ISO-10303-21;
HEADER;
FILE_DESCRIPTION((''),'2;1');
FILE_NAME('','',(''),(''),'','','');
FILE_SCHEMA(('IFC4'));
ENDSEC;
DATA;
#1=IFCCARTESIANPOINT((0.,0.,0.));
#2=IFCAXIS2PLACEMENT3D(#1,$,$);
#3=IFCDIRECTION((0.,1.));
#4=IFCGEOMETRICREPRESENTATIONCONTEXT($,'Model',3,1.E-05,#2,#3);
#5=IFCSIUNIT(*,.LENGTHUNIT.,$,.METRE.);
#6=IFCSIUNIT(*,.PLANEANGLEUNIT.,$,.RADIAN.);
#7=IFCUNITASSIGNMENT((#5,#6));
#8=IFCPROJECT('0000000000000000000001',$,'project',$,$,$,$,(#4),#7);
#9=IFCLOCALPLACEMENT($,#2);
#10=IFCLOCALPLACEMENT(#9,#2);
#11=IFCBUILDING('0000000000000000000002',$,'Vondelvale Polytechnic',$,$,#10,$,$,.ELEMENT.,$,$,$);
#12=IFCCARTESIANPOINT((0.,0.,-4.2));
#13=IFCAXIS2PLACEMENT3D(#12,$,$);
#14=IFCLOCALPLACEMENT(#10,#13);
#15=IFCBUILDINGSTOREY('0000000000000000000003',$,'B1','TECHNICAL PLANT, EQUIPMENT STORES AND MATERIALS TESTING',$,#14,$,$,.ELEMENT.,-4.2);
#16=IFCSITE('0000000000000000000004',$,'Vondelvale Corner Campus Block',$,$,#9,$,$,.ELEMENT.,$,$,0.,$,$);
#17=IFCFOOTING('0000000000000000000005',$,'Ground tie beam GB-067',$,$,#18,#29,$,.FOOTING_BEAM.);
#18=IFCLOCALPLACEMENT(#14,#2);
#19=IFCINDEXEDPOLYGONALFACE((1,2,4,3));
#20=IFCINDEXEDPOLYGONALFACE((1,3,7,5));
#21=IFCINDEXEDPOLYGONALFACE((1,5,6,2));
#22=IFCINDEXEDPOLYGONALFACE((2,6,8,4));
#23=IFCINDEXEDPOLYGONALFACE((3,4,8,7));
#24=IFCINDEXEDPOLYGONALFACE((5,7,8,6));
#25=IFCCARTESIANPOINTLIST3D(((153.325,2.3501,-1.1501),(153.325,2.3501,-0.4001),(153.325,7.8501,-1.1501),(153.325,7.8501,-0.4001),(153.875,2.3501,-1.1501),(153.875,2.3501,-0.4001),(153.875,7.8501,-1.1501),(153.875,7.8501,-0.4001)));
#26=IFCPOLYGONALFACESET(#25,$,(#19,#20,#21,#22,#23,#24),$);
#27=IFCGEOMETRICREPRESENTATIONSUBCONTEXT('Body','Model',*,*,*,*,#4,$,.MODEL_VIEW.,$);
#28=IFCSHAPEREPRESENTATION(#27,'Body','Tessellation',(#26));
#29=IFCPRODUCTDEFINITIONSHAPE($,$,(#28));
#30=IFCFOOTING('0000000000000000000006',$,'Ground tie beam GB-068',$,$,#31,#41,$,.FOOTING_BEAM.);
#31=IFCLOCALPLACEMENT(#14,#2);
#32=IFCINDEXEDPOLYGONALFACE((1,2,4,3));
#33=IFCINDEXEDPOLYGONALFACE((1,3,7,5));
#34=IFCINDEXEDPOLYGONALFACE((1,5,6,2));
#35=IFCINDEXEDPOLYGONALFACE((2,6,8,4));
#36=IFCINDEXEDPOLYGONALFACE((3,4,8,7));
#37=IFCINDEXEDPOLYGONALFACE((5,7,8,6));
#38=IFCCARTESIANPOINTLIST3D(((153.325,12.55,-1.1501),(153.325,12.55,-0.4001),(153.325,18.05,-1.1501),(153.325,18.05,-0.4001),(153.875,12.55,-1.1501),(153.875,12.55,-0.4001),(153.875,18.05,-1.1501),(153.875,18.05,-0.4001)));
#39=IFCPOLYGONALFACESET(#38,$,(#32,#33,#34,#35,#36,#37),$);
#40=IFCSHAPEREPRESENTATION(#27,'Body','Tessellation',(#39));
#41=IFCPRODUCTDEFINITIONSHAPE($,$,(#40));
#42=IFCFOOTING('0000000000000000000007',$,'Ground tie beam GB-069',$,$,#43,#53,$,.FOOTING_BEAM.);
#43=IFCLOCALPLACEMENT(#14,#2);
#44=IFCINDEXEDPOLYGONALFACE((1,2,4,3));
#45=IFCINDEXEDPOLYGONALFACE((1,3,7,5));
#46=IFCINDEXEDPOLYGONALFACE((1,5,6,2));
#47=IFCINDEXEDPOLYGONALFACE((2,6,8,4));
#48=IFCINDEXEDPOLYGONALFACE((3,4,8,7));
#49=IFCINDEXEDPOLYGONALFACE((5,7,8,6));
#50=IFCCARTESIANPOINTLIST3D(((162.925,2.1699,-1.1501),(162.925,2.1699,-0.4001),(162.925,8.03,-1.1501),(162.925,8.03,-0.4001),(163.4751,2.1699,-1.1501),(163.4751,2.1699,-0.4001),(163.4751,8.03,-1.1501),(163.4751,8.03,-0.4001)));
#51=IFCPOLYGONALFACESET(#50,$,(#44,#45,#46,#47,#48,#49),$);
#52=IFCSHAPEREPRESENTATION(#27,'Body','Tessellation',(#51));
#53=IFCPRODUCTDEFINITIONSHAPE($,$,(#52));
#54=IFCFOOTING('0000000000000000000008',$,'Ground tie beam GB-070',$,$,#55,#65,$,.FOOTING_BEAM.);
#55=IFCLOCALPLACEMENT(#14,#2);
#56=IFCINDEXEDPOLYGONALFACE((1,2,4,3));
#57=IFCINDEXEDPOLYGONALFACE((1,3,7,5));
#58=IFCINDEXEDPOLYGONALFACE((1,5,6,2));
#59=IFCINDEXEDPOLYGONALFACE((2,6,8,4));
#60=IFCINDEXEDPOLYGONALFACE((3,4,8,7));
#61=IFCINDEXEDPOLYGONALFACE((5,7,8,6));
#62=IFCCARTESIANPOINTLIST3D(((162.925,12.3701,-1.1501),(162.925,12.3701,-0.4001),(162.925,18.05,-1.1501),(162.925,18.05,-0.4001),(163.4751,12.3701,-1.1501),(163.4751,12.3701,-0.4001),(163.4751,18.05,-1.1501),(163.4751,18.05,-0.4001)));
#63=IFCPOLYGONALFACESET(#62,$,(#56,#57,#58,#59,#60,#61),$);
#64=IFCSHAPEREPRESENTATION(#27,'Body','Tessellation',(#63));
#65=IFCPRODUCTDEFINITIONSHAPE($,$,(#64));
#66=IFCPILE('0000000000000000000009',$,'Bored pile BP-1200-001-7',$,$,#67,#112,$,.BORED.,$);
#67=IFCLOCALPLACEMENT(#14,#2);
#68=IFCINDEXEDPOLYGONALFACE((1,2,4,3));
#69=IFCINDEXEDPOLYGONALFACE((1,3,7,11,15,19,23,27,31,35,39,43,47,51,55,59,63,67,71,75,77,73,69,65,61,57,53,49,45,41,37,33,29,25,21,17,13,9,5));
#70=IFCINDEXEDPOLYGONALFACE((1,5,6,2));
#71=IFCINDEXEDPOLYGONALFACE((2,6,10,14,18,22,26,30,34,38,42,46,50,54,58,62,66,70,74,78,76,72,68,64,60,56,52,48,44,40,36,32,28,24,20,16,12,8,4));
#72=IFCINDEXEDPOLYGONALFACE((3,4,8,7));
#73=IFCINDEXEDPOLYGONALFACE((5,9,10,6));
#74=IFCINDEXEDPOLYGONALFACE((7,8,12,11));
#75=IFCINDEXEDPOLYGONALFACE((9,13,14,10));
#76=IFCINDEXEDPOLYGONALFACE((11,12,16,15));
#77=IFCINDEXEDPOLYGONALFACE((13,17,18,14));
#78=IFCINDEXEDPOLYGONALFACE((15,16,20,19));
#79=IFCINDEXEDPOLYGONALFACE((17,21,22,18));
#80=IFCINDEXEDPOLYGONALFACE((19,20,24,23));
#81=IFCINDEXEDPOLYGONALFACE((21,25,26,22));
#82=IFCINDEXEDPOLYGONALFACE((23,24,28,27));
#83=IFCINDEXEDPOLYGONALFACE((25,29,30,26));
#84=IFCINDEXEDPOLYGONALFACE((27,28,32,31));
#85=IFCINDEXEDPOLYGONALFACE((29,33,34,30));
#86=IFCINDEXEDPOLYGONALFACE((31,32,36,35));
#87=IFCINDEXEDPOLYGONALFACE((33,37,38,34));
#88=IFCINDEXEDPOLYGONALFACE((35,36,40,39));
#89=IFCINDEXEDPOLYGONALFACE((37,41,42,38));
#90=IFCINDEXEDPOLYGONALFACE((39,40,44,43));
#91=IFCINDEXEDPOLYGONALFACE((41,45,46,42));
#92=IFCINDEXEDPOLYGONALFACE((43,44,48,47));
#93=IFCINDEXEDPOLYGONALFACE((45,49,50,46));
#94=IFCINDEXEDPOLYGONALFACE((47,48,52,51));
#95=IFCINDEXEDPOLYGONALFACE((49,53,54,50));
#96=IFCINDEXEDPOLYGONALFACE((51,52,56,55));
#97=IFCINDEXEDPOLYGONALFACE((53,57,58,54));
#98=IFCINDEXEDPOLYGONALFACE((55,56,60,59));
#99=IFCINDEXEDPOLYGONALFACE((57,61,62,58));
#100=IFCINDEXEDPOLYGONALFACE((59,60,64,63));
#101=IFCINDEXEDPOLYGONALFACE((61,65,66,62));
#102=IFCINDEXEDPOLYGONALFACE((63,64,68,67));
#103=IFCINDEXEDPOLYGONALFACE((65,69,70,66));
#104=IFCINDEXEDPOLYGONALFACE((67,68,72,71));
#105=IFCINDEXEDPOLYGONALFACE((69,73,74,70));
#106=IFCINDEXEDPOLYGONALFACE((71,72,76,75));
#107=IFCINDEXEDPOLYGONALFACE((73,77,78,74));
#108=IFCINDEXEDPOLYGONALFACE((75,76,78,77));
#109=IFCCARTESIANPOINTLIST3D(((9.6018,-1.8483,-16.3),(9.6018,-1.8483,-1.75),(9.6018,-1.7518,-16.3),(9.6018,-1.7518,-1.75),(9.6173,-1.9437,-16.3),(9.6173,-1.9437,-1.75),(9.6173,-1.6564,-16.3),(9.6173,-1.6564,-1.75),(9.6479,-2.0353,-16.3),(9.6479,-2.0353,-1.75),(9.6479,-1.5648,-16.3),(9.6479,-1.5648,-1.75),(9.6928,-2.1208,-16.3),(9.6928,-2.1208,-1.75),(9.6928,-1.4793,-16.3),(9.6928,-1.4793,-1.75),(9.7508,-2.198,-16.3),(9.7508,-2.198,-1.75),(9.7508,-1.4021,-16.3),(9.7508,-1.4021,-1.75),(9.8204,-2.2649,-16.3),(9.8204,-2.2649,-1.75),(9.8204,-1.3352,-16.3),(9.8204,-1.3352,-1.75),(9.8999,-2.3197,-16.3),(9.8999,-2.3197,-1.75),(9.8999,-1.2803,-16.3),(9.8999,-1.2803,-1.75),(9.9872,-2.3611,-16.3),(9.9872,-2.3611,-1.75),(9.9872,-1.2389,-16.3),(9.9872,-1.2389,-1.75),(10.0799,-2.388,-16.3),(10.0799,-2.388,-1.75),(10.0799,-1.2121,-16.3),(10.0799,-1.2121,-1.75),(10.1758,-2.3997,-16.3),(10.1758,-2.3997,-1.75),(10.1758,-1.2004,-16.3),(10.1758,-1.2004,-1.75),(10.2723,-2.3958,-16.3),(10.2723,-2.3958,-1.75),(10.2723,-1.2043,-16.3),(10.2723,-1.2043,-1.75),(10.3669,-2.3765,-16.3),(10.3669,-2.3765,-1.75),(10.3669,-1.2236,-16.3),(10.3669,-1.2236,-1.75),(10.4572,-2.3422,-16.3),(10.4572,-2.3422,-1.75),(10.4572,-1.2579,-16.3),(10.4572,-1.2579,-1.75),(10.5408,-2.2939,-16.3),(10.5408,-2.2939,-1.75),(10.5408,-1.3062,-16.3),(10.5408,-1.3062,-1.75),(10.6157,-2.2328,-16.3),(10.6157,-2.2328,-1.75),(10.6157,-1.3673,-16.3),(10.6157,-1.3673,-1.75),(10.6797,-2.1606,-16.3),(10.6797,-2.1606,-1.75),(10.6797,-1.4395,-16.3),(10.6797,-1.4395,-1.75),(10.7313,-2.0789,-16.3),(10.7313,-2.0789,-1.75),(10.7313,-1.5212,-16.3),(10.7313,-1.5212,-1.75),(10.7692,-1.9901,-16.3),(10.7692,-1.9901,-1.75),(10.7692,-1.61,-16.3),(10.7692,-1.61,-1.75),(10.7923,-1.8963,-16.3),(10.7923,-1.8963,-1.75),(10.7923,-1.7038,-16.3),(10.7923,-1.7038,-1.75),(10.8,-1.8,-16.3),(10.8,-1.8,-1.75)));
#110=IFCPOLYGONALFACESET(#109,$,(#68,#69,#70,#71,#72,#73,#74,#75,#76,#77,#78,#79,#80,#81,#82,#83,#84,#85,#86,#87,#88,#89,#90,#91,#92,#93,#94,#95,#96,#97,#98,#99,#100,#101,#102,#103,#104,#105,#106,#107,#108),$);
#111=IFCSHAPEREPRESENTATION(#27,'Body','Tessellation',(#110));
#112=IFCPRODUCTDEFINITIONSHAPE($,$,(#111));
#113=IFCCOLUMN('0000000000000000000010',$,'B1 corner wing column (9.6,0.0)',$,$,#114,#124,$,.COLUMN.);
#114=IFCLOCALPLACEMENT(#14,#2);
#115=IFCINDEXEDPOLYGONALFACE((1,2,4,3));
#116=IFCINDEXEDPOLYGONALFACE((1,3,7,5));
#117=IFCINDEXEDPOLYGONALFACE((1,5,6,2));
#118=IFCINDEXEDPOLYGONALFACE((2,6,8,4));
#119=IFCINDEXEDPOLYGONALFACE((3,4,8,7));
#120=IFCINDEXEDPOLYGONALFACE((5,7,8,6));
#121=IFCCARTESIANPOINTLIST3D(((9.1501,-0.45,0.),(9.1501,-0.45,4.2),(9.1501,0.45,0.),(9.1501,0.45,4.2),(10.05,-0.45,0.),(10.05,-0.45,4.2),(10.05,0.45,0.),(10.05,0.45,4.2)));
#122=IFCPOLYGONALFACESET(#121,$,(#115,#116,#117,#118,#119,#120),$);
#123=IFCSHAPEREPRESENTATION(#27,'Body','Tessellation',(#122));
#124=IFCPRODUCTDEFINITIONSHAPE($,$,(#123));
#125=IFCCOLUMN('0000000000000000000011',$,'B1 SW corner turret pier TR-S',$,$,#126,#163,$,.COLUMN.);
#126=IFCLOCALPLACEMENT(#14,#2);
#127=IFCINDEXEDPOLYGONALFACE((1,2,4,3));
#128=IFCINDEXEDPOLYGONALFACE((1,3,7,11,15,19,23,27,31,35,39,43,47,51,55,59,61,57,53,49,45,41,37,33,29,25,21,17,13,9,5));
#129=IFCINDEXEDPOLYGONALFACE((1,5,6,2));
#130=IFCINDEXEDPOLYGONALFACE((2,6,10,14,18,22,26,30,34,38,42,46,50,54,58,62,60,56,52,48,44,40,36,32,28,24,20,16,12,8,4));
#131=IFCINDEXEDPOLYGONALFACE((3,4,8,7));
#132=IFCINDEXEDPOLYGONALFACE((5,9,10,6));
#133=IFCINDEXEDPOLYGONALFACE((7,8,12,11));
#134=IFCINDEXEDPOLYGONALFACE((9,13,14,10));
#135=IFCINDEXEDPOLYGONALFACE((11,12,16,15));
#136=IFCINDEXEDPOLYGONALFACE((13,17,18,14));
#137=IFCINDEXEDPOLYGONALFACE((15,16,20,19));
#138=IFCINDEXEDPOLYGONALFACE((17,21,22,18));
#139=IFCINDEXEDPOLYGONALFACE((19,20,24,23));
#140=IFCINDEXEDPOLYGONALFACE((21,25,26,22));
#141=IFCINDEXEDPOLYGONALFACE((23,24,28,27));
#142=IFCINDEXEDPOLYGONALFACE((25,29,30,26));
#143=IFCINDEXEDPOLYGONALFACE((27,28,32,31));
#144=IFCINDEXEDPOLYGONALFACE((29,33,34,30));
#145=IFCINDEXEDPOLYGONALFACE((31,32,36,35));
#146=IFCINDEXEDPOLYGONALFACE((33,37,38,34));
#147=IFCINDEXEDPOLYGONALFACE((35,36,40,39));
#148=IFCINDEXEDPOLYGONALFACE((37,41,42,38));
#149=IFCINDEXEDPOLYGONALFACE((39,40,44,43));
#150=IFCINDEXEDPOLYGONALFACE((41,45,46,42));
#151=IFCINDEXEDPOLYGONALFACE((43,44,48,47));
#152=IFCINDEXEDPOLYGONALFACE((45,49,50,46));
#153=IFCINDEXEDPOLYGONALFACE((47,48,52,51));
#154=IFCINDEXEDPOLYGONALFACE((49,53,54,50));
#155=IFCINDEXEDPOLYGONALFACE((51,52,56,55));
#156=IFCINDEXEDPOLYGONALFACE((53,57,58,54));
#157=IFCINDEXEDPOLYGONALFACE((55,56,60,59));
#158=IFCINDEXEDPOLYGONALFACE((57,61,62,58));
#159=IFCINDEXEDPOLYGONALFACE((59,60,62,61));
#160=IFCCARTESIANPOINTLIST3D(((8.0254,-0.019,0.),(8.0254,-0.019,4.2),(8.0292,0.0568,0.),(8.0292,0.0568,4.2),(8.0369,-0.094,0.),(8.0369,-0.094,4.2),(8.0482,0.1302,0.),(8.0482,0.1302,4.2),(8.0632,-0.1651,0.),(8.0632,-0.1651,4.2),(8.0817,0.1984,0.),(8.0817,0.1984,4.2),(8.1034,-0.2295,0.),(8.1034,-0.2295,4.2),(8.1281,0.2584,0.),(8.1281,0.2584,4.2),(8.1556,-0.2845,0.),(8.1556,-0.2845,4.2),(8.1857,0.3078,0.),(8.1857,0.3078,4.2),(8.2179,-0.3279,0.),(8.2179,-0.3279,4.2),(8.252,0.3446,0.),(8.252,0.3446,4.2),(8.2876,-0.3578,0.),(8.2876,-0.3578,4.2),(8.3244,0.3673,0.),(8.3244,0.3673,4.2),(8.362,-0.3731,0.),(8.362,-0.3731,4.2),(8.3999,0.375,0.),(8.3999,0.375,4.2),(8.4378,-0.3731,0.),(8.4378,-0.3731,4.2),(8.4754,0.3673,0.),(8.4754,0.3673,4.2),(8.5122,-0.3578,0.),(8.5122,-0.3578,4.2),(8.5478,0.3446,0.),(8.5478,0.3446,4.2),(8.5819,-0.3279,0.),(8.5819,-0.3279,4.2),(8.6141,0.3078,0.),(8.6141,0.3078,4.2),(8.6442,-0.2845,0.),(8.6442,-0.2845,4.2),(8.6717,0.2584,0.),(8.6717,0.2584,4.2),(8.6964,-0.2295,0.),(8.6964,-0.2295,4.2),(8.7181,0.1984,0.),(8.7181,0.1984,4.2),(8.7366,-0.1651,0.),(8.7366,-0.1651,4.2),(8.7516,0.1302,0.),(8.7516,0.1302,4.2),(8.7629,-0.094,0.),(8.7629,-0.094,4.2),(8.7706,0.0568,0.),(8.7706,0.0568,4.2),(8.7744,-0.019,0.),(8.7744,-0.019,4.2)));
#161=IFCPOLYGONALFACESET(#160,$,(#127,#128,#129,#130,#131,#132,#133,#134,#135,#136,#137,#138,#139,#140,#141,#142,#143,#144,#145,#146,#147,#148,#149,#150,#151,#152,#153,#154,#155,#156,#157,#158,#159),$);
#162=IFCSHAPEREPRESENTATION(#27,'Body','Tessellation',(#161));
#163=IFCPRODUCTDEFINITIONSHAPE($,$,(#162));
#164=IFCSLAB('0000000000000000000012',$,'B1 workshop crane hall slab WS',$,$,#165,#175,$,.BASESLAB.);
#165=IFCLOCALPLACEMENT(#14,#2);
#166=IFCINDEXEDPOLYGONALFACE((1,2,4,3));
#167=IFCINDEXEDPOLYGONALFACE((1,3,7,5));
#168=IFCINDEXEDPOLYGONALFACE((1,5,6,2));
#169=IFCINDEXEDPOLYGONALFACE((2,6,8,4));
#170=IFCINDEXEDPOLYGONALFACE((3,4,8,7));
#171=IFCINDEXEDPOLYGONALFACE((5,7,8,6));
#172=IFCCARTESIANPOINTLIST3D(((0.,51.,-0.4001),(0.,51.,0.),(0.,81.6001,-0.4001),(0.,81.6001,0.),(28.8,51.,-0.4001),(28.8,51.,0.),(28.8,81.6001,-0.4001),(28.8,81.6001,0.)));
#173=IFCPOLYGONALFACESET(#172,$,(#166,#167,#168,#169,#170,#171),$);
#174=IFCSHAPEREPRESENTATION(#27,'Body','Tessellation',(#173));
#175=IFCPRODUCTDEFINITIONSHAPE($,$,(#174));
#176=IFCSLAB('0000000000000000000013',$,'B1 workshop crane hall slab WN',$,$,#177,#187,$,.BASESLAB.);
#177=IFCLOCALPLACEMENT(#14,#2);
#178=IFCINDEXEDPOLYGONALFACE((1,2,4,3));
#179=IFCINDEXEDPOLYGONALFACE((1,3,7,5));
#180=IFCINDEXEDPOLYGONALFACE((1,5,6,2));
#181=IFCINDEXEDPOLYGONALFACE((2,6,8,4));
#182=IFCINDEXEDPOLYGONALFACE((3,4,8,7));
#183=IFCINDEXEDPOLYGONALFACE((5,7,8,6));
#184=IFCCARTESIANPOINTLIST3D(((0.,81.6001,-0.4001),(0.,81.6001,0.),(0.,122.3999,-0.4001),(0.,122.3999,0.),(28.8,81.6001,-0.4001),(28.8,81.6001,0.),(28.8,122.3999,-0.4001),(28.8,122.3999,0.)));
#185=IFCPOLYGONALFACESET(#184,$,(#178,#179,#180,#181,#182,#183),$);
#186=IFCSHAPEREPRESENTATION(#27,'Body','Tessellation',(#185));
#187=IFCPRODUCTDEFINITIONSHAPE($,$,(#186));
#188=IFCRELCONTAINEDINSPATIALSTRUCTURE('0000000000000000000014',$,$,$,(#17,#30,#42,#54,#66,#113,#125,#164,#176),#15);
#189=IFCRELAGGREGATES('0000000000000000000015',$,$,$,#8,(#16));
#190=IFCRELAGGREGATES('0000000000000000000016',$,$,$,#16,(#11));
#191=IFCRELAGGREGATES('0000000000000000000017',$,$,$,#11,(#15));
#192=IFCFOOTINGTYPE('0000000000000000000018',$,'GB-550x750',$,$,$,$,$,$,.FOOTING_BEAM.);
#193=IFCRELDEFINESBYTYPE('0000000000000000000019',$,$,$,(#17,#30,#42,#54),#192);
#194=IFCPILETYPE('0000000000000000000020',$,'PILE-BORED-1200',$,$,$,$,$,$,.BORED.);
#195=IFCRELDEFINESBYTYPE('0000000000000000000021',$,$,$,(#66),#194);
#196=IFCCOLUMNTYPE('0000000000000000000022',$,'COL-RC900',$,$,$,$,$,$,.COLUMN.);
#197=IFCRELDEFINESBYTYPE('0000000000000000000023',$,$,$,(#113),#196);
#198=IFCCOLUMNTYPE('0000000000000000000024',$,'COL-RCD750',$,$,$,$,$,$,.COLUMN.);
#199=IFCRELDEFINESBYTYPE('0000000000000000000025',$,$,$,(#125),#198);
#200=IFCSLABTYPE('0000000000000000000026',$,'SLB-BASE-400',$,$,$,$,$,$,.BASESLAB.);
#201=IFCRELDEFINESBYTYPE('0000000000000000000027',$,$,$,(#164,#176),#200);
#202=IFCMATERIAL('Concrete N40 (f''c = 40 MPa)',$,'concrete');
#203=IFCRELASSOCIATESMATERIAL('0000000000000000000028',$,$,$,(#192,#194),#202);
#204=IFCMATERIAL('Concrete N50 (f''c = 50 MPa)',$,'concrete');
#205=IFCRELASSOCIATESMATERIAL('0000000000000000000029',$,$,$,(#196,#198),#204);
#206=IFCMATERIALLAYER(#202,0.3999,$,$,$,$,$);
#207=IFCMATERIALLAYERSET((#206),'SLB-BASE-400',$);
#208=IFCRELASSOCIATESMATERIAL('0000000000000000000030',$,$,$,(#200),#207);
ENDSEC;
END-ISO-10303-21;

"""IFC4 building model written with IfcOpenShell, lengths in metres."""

from ifc_helpers import new_model, si_unit, direction, frame, origin, origin_2d, place, context, subcontext, project, spatial, polyline, rectangle, circle, outline, extrude, material, layer, layer_set, material_profile, profile_set, type_object, element, save


model = new_model("IFC4")

# Units and contexts
model_context = context("Model", 3, precision=1e-05, world=origin(), true_north=direction((0.0, 1.0)))
body_context = subcontext(model_context, "Body", "Model", "MODEL_VIEW")
ifc_project = project(units=[si_unit("LENGTHUNIT", "METRE"), si_unit("PLANEANGLEUNIT", "RADIAN")], contexts=[model_context])

# Site, building, storey
site_placement = place(None, origin())
site = spatial("IfcSite", under=ifc_project, at=site_placement, Name="Vondelvale Corner Campus Block", CompositionType="ELEMENT", RefElevation=0.0)
building_placement = place(site_placement, origin())
building = spatial("IfcBuilding", under=site, at=building_placement, Name="Vondelvale Polytechnic", CompositionType="ELEMENT")
storey_placement = place(building_placement, frame((0.0, 0.0, -4.2)))
storey = spatial("IfcBuildingStorey", under=building, at=storey_placement, Name="B1", Description="TECHNICAL PLANT, EQUIPMENT STORES AND MATERIALS TESTING", CompositionType="ELEMENT", Elevation=-4.2)

# Footings
ifc_material_1 = material(Name="Concrete N40 (f'c = 40 MPa)", Category="concrete")
footing_type = type_object("IfcFootingType", Name="GB-550x750", PredefinedType="FOOTING_BEAM", material=ifc_material_1)
footing_1_placement = place(storey_placement, frame((0.0, 0.0, -1.1501)))
element("IfcFooting", 1, at=footing_1_placement, inside=storey, type_object=footing_type, Name="Ground tie beam GB-067", PredefinedType="FOOTING_BEAM", context=body_context, shape_type="SweptSolid", body=[
    extrude(outline(polyline([(153.875, 2.3501), (153.325, 2.3501), (153.325, 7.8501), (153.875, 7.8501), (153.875, 2.3501)])), origin(), (0.0, 0.0, 1.0), 0.75),
])
footing_2_placement = place(storey_placement, frame((0.0, 0.0, -1.1501)))
element("IfcFooting", 2, at=footing_2_placement, inside=storey, type_object=footing_type, Name="Ground tie beam GB-068", PredefinedType="FOOTING_BEAM", context=body_context, shape_type="SweptSolid", body=[
    extrude(outline(polyline([(153.875, 12.55), (153.325, 12.55), (153.325, 18.05), (153.875, 18.05), (153.875, 12.55)])), origin(), (0.0, 0.0, 1.0), 0.75),
])
footing_3_placement = place(storey_placement, frame((0.0, 0.0, -1.1501)))
element("IfcFooting", 3, at=footing_3_placement, inside=storey, type_object=footing_type, Name="Ground tie beam GB-069", PredefinedType="FOOTING_BEAM", context=body_context, shape_type="SweptSolid", body=[
    extrude(outline(polyline([(163.4751, 2.1699), (162.925, 2.1699), (162.925, 8.03), (163.4751, 8.03), (163.4751, 2.1699)])), origin(), (0.0, 0.0, 1.0), 0.75),
])
footing_4_placement = place(storey_placement, frame((0.0, 0.0, -1.1501)))
element("IfcFooting", 4, at=footing_4_placement, inside=storey, type_object=footing_type, Name="Ground tie beam GB-070", PredefinedType="FOOTING_BEAM", context=body_context, shape_type="SweptSolid", body=[
    extrude(outline(polyline([(163.4751, 12.3701), (162.925, 12.3701), (162.925, 18.05), (163.4751, 18.05), (163.4751, 12.3701)])), origin(), (0.0, 0.0, 1.0), 0.75),
])

# Pile
ifc_material_profile_1 = material_profile(ifc_material_1, circle(Radius=0.6001, at=origin_2d()), Name="PILE-D1200")
ifc_profile_set_1 = profile_set([ifc_material_profile_1], Name="Concrete N40 (f'c = 40 MPa)")
pile_type = type_object("IfcPileType", Name="PILE-BORED-1200", PredefinedType="BORED", material=ifc_profile_set_1)
pile_placement = place(storey_placement, frame((10.2, -1.8, -1.75), z_axis=(0.0, 0.0, -1.0), x_axis=(1.0, 0.0, 0.0)))
element("IfcPile", 5, at=pile_placement, inside=storey, type_object=pile_type, Name="Bored pile BP-1200-001-7", PredefinedType="BORED", context=body_context, shape_type="SweptSolid", body=[
    extrude(circle(Radius=0.6001, at=origin_2d()), origin(), (0.0, 0.0, 1.0), 14.55),
])

# Columns
ifc_material_2 = material(Name="Concrete N50 (f'c = 50 MPa)", Category="concrete")
ifc_material_profile_2 = material_profile(ifc_material_2, rectangle(XDim=0.8999, YDim=0.8999, at=origin_2d()), Name="RC-COL-900x900")
ifc_profile_set_2 = profile_set([ifc_material_profile_2], Name="Concrete N50 (f'c = 50 MPa)")
column_type_1 = type_object("IfcColumnType", Name="COL-RC900", PredefinedType="COLUMN", material=ifc_profile_set_2)
column_1_placement = place(storey_placement, frame((9.6001, 0.0, 0.0), z_axis=(0.0, 0.0, 1.0), x_axis=(1.0, 0.0, 0.0)))
element("IfcColumn", 6, at=column_1_placement, inside=storey, type_object=column_type_1, Name="B1 corner wing column (9.6,0.0)", PredefinedType="COLUMN", context=body_context, shape_type="SweptSolid", body=[
    extrude(rectangle(XDim=0.8999, YDim=0.8999, at=origin_2d()), origin(), (0.0, 0.0, 1.0), 4.2),
])
ifc_material_profile_3 = material_profile(ifc_material_2, circle(Radius=0.375, at=origin_2d()), Name="RC-COL-D750")
ifc_profile_set_3 = profile_set([ifc_material_profile_3], Name="Concrete N50 (f'c = 50 MPa)")
column_type_2 = type_object("IfcColumnType", Name="COL-RCD750", PredefinedType="COLUMN", material=ifc_profile_set_3)
column_2_placement = place(storey_placement, frame((8.3999, 0.0, 0.0), z_axis=(0.0, 0.0, 1.0), x_axis=(0.0, 1.0, 0.0)))
element("IfcColumn", 7, at=column_2_placement, inside=storey, type_object=column_type_2, Name="B1 SW corner turret pier TR-S", PredefinedType="COLUMN", context=body_context, shape_type="SweptSolid", body=[
    extrude(circle(Radius=0.375, at=origin_2d()), origin(), (0.0, 0.0, 1.0), 4.2),
])

# Slabs
ifc_layer_1 = layer(ifc_material_1, 0.3999)
ifc_layer_set_1 = layer_set([ifc_layer_1], Name="SLB-BASE-400")
slab_type_1 = type_object("IfcSlabType", Name="SLB-BASE-400", PredefinedType="BASESLAB", material=ifc_layer_set_1)
slab_1_placement = place(storey_placement, frame((0.0, 0.0, -0.4001)))
element("IfcSlab", 8, at=slab_1_placement, inside=storey, type_object=slab_type_1, Name="B1 workshop crane hall slab WS", PredefinedType="BASESLAB", context=body_context, shape_type="SweptSolid", body=[
    extrude(outline(polyline([(0.0, 51.0), (28.8, 51.0), (28.8, 81.6001), (0.0, 81.6001), (0.0, 51.0)])), origin(), (0.0, 0.0, 1.0), 0.4001),
])
slab_2_placement = place(storey_placement, frame((0.0, 0.0, -0.4001)))
element("IfcSlab", 9, at=slab_2_placement, inside=storey, type_object=slab_type_1, Name="B1 workshop crane hall slab WN", PredefinedType="BASESLAB", context=body_context, shape_type="SweptSolid", body=[
    extrude(outline(polyline([(0.0, 81.6001), (28.8, 81.6001), (28.8, 122.3999), (0.0, 122.3999), (0.0, 81.6001)])), origin(), (0.0, 0.0, 1.0), 0.4001),
])

save(model, "model.ifc")
